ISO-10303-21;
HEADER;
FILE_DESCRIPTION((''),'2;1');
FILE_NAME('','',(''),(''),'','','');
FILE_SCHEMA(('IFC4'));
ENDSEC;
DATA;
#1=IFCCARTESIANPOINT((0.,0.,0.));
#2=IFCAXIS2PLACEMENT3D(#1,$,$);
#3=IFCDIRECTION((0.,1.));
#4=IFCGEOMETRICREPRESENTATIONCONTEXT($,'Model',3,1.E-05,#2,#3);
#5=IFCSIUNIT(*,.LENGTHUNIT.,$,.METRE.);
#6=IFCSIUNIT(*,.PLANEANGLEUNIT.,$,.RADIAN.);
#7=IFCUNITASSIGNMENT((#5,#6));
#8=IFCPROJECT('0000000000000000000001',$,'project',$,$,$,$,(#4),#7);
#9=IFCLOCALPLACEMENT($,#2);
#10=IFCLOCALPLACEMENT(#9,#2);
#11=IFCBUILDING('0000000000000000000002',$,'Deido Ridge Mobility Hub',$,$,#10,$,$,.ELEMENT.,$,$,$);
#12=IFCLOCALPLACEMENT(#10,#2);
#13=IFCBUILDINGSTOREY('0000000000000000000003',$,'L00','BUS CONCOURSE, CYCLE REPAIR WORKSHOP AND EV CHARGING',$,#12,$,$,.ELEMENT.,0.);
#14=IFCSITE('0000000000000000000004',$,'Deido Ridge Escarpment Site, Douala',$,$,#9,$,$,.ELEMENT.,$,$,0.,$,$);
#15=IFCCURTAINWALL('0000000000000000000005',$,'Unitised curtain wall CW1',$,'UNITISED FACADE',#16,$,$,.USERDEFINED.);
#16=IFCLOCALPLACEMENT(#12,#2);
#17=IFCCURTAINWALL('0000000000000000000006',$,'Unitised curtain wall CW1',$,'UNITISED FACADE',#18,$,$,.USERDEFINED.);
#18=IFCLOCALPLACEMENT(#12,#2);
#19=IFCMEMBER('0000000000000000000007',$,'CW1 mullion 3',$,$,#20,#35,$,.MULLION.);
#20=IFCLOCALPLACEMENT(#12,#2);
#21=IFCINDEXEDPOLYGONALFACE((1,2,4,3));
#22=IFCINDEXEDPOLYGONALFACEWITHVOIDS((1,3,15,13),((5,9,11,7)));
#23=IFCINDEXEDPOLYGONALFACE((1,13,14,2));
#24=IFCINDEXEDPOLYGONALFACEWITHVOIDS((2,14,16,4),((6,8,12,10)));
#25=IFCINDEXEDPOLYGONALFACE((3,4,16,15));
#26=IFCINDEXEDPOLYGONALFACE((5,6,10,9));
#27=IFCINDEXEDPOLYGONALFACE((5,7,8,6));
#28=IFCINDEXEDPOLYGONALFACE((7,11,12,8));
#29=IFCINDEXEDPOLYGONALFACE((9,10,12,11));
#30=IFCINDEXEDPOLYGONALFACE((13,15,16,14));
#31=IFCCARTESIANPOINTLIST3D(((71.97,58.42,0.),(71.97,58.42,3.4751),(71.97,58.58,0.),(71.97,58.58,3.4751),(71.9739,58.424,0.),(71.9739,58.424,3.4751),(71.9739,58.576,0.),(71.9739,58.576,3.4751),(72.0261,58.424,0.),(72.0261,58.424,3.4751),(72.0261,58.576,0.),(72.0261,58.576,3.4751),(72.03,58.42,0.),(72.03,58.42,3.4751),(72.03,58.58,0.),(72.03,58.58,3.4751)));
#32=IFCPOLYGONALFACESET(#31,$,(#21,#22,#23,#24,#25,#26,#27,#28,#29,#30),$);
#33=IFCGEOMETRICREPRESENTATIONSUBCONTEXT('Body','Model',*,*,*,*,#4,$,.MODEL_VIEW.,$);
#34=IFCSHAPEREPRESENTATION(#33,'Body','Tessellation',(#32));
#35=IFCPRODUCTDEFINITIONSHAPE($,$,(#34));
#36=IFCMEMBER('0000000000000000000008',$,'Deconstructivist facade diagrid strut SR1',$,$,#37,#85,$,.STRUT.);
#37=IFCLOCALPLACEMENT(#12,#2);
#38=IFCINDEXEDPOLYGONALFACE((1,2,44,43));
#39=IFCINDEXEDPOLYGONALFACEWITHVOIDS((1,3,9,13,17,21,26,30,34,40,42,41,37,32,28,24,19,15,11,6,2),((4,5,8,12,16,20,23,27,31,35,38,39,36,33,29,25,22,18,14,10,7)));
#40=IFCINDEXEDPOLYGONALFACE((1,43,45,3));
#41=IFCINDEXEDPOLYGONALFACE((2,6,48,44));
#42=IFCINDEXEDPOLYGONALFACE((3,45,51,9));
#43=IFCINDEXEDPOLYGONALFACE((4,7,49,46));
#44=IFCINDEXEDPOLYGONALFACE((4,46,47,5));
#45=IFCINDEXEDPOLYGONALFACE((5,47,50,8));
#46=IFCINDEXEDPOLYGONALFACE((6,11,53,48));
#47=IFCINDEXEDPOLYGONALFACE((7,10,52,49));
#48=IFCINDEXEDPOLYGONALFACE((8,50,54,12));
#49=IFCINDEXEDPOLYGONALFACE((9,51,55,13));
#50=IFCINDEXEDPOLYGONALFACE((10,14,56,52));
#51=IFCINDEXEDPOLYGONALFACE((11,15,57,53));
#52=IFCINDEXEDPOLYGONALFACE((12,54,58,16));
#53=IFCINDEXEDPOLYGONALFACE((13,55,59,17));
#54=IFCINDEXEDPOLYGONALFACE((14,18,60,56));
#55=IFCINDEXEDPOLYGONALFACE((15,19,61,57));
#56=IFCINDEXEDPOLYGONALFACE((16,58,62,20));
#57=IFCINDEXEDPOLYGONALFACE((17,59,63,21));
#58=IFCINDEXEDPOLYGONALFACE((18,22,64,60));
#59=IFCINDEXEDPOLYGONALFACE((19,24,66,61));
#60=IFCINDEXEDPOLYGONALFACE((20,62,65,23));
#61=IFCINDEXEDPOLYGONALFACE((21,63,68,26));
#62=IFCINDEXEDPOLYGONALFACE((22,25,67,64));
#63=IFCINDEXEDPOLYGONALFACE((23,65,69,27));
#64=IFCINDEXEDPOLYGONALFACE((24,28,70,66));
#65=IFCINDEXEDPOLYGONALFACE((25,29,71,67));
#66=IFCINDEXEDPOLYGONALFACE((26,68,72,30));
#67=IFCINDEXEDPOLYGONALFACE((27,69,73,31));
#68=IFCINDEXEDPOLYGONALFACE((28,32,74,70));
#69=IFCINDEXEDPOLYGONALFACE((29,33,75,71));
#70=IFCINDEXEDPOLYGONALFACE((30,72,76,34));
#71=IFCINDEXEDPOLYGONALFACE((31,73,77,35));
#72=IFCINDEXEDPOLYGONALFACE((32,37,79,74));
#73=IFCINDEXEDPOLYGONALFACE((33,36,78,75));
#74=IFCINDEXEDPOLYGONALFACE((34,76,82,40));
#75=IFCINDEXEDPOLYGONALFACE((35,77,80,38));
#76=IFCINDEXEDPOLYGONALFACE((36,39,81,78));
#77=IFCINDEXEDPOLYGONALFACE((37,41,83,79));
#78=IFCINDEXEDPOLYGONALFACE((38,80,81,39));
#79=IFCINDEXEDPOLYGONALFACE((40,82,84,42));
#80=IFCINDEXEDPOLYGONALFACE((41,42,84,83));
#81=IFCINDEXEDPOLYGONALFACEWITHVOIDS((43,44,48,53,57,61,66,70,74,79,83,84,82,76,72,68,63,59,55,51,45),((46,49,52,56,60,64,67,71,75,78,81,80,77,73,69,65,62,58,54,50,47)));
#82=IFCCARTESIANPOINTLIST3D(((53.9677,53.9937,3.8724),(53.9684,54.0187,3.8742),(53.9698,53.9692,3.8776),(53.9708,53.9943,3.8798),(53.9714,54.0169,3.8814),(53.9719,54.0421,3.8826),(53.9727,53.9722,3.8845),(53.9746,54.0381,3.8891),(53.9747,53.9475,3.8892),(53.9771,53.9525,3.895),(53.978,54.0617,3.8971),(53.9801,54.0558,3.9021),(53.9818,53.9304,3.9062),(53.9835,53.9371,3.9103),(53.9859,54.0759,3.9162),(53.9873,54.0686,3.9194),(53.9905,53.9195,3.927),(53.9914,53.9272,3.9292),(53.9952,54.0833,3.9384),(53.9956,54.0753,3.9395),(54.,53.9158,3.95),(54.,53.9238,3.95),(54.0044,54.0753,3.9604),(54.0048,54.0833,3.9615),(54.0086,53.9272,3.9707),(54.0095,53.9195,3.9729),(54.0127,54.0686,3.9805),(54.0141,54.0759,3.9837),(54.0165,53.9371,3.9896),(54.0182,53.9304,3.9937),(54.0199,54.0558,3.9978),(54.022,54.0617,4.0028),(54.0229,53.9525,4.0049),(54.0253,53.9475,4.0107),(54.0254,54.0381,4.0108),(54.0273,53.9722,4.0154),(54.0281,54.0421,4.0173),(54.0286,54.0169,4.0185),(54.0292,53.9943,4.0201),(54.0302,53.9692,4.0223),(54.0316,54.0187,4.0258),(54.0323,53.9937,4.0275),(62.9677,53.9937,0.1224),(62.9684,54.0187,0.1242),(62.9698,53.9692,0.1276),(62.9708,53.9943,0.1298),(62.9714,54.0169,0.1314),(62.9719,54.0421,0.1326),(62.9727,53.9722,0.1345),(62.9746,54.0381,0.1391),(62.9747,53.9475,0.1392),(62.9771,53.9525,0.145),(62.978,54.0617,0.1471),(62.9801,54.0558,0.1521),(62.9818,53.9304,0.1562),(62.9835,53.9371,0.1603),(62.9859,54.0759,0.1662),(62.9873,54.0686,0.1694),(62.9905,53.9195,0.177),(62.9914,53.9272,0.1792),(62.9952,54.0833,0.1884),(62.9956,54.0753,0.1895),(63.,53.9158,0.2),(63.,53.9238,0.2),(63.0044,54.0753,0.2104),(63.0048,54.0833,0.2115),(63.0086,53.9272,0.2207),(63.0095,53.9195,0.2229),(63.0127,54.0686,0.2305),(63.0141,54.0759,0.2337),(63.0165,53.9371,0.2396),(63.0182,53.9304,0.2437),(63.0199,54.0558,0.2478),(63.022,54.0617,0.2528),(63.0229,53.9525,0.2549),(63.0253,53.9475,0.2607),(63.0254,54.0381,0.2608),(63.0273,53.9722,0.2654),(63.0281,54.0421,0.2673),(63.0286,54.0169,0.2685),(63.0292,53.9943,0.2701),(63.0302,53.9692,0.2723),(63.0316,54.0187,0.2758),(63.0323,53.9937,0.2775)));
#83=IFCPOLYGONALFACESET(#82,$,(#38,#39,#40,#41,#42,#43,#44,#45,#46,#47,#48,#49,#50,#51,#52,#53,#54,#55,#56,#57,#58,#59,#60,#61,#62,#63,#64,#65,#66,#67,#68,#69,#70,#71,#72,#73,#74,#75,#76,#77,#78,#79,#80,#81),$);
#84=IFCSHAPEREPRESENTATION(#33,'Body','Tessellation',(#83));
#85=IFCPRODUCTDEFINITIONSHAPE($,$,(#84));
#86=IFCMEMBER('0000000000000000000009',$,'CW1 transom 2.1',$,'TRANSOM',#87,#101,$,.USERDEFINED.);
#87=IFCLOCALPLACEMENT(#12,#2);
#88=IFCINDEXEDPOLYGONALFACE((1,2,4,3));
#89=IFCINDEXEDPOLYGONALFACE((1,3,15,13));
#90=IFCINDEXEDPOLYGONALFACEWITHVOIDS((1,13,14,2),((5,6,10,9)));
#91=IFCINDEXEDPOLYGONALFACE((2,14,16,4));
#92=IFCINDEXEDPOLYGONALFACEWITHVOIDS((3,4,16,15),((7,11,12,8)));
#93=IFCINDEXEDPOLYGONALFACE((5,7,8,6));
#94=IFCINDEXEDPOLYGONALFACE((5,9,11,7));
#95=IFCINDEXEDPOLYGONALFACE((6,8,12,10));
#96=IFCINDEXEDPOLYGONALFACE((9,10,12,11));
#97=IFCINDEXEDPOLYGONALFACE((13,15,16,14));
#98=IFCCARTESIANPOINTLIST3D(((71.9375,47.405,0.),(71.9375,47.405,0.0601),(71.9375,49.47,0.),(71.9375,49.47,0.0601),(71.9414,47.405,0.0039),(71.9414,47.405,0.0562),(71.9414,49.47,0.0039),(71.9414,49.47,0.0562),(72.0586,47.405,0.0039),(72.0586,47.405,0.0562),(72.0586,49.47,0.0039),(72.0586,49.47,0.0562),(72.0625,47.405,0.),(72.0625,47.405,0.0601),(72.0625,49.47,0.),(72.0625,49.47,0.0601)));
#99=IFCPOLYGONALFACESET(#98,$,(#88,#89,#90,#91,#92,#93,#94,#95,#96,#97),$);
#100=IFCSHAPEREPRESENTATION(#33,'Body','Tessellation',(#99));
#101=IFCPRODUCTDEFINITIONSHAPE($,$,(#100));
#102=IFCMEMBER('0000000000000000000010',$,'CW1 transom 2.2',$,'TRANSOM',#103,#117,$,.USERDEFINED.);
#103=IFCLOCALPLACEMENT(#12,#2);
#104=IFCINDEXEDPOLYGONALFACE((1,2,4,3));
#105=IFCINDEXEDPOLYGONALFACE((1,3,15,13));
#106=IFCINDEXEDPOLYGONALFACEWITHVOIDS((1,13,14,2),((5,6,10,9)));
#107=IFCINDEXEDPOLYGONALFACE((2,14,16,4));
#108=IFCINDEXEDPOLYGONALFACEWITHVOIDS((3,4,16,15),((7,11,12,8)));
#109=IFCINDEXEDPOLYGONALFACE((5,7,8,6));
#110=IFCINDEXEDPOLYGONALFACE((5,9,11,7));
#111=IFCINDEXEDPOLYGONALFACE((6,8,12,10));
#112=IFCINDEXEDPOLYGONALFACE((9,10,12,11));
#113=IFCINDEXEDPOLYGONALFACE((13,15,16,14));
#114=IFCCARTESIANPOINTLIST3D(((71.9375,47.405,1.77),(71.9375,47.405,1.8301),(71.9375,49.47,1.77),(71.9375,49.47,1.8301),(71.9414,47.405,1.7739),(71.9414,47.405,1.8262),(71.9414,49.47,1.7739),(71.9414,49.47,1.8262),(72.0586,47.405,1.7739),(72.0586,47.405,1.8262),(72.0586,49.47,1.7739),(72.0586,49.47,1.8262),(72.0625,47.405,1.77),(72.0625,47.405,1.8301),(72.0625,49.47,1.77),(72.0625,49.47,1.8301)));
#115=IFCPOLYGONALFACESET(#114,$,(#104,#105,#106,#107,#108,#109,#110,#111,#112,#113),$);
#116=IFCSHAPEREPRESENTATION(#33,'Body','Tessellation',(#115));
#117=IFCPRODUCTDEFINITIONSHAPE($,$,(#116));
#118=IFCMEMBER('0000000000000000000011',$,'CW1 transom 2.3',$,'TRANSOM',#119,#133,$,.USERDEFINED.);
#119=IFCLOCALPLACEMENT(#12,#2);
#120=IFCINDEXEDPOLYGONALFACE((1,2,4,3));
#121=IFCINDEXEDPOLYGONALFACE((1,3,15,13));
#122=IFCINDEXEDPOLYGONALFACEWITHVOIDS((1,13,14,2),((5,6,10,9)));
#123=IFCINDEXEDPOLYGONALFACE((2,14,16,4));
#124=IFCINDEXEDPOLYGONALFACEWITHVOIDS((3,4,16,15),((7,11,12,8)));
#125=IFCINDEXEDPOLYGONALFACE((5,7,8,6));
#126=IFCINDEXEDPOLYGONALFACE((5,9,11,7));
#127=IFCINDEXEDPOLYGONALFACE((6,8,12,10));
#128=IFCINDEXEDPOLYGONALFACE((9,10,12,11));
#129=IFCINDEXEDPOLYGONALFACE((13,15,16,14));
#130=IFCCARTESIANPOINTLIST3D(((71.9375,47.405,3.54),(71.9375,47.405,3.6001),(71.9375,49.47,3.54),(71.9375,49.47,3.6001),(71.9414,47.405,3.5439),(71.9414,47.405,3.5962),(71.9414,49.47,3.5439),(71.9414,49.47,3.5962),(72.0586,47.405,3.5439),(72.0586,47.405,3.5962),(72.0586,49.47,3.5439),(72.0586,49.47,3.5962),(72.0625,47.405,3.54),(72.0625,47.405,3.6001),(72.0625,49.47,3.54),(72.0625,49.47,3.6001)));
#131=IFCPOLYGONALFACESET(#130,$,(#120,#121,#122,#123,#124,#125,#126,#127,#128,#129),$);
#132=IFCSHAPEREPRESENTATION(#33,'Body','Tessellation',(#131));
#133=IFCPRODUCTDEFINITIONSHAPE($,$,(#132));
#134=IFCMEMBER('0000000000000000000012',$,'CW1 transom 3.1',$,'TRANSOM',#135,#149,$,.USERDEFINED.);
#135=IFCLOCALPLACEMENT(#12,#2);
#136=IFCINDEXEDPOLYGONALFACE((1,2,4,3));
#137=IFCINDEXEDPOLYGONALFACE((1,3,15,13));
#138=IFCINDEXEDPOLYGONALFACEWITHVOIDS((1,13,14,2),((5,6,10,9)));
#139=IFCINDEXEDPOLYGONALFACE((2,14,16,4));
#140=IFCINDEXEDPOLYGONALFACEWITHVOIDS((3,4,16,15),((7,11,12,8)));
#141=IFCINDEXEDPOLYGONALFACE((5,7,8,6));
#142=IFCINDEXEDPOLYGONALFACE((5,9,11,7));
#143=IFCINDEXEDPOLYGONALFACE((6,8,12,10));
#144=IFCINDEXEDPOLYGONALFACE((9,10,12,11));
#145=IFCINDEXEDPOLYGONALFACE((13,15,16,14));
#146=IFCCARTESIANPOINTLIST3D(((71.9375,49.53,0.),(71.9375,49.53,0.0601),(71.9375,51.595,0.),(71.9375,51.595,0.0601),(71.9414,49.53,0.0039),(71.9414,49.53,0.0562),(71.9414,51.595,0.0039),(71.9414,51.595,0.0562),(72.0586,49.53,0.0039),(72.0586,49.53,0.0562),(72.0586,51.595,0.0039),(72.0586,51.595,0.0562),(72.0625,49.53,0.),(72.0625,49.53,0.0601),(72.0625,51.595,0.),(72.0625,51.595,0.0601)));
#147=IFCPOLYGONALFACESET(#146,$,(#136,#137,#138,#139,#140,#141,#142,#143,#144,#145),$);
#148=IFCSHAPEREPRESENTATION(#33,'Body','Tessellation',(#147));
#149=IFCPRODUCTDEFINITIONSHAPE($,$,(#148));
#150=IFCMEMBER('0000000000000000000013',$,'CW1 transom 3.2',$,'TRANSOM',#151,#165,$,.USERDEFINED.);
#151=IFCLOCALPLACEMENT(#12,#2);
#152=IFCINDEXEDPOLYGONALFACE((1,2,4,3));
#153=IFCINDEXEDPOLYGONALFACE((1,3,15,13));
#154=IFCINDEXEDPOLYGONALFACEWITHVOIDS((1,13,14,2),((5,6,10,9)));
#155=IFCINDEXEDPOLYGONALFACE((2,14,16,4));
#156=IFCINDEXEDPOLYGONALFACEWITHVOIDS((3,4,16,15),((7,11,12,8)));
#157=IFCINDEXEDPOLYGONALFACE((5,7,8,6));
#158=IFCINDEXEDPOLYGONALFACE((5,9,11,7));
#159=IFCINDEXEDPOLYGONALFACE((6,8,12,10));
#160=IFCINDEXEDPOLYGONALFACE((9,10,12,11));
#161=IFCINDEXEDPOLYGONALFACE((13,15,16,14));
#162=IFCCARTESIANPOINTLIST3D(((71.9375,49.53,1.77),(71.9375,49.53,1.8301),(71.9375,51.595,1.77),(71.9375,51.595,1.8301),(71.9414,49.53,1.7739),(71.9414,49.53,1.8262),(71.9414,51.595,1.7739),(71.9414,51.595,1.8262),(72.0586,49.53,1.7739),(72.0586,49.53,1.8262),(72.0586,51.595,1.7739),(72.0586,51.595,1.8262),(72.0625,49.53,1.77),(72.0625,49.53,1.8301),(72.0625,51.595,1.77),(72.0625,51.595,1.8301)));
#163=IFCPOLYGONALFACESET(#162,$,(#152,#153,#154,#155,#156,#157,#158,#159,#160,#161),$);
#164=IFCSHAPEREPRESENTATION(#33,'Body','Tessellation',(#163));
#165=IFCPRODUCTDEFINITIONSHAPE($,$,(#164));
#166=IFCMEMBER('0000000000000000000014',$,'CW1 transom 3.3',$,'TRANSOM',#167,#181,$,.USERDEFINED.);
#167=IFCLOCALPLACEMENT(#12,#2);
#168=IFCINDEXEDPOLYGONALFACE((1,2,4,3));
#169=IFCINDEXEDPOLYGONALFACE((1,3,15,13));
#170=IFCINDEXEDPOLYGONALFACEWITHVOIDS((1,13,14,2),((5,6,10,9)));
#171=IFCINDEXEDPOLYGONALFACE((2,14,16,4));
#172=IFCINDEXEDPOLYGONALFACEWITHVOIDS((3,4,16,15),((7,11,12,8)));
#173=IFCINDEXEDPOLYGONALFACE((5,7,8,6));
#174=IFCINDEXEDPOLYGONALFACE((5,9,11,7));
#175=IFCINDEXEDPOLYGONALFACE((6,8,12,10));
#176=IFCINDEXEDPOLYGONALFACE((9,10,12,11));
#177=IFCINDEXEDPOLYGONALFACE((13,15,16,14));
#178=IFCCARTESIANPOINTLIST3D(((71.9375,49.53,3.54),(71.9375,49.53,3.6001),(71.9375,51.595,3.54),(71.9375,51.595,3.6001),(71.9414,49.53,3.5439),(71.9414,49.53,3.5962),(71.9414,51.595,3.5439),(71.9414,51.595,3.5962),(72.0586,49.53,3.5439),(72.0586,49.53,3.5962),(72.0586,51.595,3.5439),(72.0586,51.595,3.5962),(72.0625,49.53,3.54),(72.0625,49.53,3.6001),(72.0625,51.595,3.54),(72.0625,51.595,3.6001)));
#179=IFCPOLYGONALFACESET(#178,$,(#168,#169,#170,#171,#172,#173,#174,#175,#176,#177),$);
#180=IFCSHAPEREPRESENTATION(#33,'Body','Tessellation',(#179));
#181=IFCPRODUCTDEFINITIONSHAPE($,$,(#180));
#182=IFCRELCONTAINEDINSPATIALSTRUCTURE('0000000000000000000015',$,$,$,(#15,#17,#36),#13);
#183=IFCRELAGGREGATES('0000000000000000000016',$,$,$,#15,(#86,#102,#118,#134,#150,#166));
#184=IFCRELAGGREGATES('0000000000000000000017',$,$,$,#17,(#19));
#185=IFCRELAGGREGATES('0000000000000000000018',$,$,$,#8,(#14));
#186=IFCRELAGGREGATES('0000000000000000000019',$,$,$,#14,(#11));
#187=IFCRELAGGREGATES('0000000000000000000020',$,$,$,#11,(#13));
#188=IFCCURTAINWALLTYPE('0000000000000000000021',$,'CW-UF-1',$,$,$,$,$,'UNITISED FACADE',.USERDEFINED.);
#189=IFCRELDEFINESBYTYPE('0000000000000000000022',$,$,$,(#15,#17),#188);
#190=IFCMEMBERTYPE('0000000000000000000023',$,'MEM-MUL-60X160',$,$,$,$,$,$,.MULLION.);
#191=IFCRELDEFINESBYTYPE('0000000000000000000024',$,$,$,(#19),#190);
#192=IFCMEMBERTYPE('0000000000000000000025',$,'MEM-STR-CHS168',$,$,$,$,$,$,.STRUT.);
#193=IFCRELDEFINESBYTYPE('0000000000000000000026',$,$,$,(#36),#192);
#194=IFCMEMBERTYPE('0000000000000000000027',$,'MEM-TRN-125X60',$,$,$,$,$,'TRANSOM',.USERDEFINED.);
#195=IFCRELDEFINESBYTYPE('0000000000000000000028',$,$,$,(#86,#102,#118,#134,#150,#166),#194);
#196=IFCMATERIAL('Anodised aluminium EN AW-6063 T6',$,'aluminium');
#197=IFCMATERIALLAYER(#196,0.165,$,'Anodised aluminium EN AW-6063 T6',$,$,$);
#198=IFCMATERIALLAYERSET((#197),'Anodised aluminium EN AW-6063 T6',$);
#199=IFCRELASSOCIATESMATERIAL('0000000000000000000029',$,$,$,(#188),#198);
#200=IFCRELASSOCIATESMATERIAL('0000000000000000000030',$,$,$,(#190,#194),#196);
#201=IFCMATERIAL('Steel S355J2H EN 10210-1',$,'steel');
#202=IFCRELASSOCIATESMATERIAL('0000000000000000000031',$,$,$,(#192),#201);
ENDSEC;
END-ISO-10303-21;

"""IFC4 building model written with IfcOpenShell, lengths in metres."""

from ifc_helpers import new_model, si_unit, direction, frame, origin, origin_2d, place, context, subcontext, project, spatial, hollow_rectangle, hollow_circle, extrude, material, layer, layer_set, material_profile, profile_set, type_object, element, aggregate, save


model = new_model("IFC4")

# Units and contexts
model_context = context("Model", 3, precision=1e-05, world=origin(), true_north=direction((0.0, 1.0)))
body_context = subcontext(model_context, "Body", "Model", "MODEL_VIEW")
ifc_project = project(units=[si_unit("LENGTHUNIT", "METRE"), si_unit("PLANEANGLEUNIT", "RADIAN")], contexts=[model_context])

# Site, building, storey
site_placement = place(None, origin())
site = spatial("IfcSite", under=ifc_project, at=site_placement, Name="Deido Ridge Escarpment Site, Douala", CompositionType="ELEMENT", RefElevation=0.0)
building_placement = place(site_placement, origin())
building = spatial("IfcBuilding", under=site, at=building_placement, Name="Deido Ridge Mobility Hub", CompositionType="ELEMENT")
storey_placement = place(building_placement, origin())
storey = spatial("IfcBuildingStorey", under=building, at=storey_placement, Name="L00", Description="BUS CONCOURSE, CYCLE REPAIR WORKSHOP AND EV CHARGING", CompositionType="ELEMENT", Elevation=0.0)

# Curtain walls, member
ifc_material_1 = material(Name="Anodised aluminium EN AW-6063 T6", Category="aluminium")
ifc_layer_1 = layer(ifc_material_1, 0.165, Name="Anodised aluminium EN AW-6063 T6")
ifc_layer_set_1 = layer_set([ifc_layer_1], Name="Anodised aluminium EN AW-6063 T6")
curtain_wall_type = type_object("IfcCurtainWallType", Name="CW-UF-1", ElementType="UNITISED FACADE", PredefinedType="USERDEFINED", material=ifc_layer_set_1)
curtain_wall_1_placement = place(storey_placement, origin())
curtain_wall_1 = element("IfcCurtainWall", 1, at=curtain_wall_1_placement, inside=storey, type_object=curtain_wall_type, Name="Unitised curtain wall CW1", ObjectType="UNITISED FACADE", PredefinedType="USERDEFINED")
ifc_material_profile_1 = material_profile(ifc_material_1, hollow_rectangle(XDim=0.0601, YDim=0.1599, WallThickness=0.0039, at=origin_2d()), Name="RHS 60x160x4")
ifc_profile_set_1 = profile_set([ifc_material_profile_1], Name="Anodised aluminium EN AW-6063 T6")
member_type_1 = type_object("IfcMemberType", Name="MEM-MUL-60X160", PredefinedType="MULLION", material=ifc_profile_set_1)
curtain_wall_2_placement = place(storey_placement, origin())
curtain_wall_2 = element("IfcCurtainWall", 2, at=curtain_wall_2_placement, inside=storey, type_object=curtain_wall_type, Name="Unitised curtain wall CW1", ObjectType="UNITISED FACADE", PredefinedType="USERDEFINED")
member_1_placement = place(storey_placement, frame((72.0, 58.5, 0.0), z_axis=(0.0, 0.0, 1.0), x_axis=(-1.0, 0.0, 0.0)))
member_1 = element("IfcMember", 3, at=member_1_placement, type_object=member_type_1, Name="CW1 mullion 3", PredefinedType="MULLION", context=body_context, shape_type="SweptSolid", body=[
    extrude(hollow_rectangle(XDim=0.0601, YDim=0.1599, WallThickness=0.0039, at=origin_2d()), origin(), (0.0, 0.0, 1.0), 3.4751),
])

# Members
ifc_material_2 = material(Name="Steel S355J2H EN 10210-1", Category="steel")
ifc_material_profile_2 = material_profile(ifc_material_2, hollow_circle(Radius=0.0842, WallThickness=0.0081, at=origin_2d()), Name="CHS 168.3x8")
ifc_profile_set_2 = profile_set([ifc_material_profile_2], Name="Steel S355J2H EN 10210-1")
member_type_2 = type_object("IfcMemberType", Name="MEM-STR-CHS168", PredefinedType="STRUT", material=ifc_profile_set_2)
member_2_placement = place(storey_placement, frame((63.0, 54.0, 0.2), z_axis=(-0.923077, 0.0, 0.384615), x_axis=(0.0, -1.0, 0.0)))
element("IfcMember", 4, at=member_2_placement, inside=storey, type_object=member_type_2, Name="Deconstructivist facade diagrid strut SR1", PredefinedType="STRUT", context=body_context, shape_type="SweptSolid", body=[
    extrude(hollow_circle(Radius=0.0842, WallThickness=0.0081, at=origin_2d()), origin(), (0.0, 0.0, 1.0), 9.75),
])
ifc_material_profile_3 = material_profile(ifc_material_1, hollow_rectangle(XDim=0.125, YDim=0.0601, WallThickness=0.0039, at=origin_2d()), Name="RHS 125x60x4")
ifc_profile_set_3 = profile_set([ifc_material_profile_3], Name="Anodised aluminium EN AW-6063 T6")
member_type_3 = type_object("IfcMemberType", Name="MEM-TRN-125X60", ElementType="TRANSOM", PredefinedType="USERDEFINED", material=ifc_profile_set_3)
member_3_placement = place(storey_placement, frame((72.0, 47.405, 0.03), z_axis=(0.0, 1.0, 0.0), x_axis=(-1.0, 0.0, 0.0)))
member_3 = element("IfcMember", 5, at=member_3_placement, type_object=member_type_3, Name="CW1 transom 2.1", ObjectType="TRANSOM", PredefinedType="USERDEFINED", context=body_context, shape_type="SweptSolid", body=[
    extrude(hollow_rectangle(XDim=0.125, YDim=0.0601, WallThickness=0.0039, at=origin_2d()), origin(), (0.0, 0.0, 1.0), 2.0649),
])
member_4_placement = place(storey_placement, frame((72.0, 47.405, 1.8), z_axis=(0.0, 1.0, 0.0), x_axis=(-1.0, 0.0, 0.0)))
member_4 = element("IfcMember", 6, at=member_4_placement, type_object=member_type_3, Name="CW1 transom 2.2", ObjectType="TRANSOM", PredefinedType="USERDEFINED", context=body_context, shape_type="SweptSolid", body=[
    extrude(hollow_rectangle(XDim=0.125, YDim=0.0601, WallThickness=0.0039, at=origin_2d()), origin(), (0.0, 0.0, 1.0), 2.0649),
])
member_5_placement = place(storey_placement, frame((72.0, 47.405, 3.5701), z_axis=(0.0, 1.0, 0.0), x_axis=(-1.0, 0.0, 0.0)))
member_5 = element("IfcMember", 7, at=member_5_placement, type_object=member_type_3, Name="CW1 transom 2.3", ObjectType="TRANSOM", PredefinedType="USERDEFINED", context=body_context, shape_type="SweptSolid", body=[
    extrude(hollow_rectangle(XDim=0.125, YDim=0.0601, WallThickness=0.0039, at=origin_2d()), origin(), (0.0, 0.0, 1.0), 2.0649),
])
member_6_placement = place(storey_placement, frame((72.0, 49.53, 0.03), z_axis=(0.0, 1.0, 0.0), x_axis=(-1.0, 0.0, 0.0)))
member_6 = element("IfcMember", 8, at=member_6_placement, type_object=member_type_3, Name="CW1 transom 3.1", ObjectType="TRANSOM", PredefinedType="USERDEFINED", context=body_context, shape_type="SweptSolid", body=[
    extrude(hollow_rectangle(XDim=0.125, YDim=0.0601, WallThickness=0.0039, at=origin_2d()), origin(), (0.0, 0.0, 1.0), 2.0649),
])
member_7_placement = place(storey_placement, frame((72.0, 49.53, 1.8), z_axis=(0.0, 1.0, 0.0), x_axis=(-1.0, 0.0, 0.0)))
member_7 = element("IfcMember", 9, at=member_7_placement, type_object=member_type_3, Name="CW1 transom 3.2", ObjectType="TRANSOM", PredefinedType="USERDEFINED", context=body_context, shape_type="SweptSolid", body=[
    extrude(hollow_rectangle(XDim=0.125, YDim=0.0601, WallThickness=0.0039, at=origin_2d()), origin(), (0.0, 0.0, 1.0), 2.0649),
])
member_8_placement = place(storey_placement, frame((72.0, 49.53, 3.5701), z_axis=(0.0, 1.0, 0.0), x_axis=(-1.0, 0.0, 0.0)))
member_8 = element("IfcMember", 10, at=member_8_placement, type_object=member_type_3, Name="CW1 transom 3.3", ObjectType="TRANSOM", PredefinedType="USERDEFINED", context=body_context, shape_type="SweptSolid", body=[
    extrude(hollow_rectangle(XDim=0.125, YDim=0.0601, WallThickness=0.0039, at=origin_2d()), origin(), (0.0, 0.0, 1.0), 2.0649),
])

aggregate(curtain_wall_1, [member_3, member_4, member_5, member_6, member_7, member_8])
aggregate(curtain_wall_2, [member_1])

save(model, "model.ifc")
